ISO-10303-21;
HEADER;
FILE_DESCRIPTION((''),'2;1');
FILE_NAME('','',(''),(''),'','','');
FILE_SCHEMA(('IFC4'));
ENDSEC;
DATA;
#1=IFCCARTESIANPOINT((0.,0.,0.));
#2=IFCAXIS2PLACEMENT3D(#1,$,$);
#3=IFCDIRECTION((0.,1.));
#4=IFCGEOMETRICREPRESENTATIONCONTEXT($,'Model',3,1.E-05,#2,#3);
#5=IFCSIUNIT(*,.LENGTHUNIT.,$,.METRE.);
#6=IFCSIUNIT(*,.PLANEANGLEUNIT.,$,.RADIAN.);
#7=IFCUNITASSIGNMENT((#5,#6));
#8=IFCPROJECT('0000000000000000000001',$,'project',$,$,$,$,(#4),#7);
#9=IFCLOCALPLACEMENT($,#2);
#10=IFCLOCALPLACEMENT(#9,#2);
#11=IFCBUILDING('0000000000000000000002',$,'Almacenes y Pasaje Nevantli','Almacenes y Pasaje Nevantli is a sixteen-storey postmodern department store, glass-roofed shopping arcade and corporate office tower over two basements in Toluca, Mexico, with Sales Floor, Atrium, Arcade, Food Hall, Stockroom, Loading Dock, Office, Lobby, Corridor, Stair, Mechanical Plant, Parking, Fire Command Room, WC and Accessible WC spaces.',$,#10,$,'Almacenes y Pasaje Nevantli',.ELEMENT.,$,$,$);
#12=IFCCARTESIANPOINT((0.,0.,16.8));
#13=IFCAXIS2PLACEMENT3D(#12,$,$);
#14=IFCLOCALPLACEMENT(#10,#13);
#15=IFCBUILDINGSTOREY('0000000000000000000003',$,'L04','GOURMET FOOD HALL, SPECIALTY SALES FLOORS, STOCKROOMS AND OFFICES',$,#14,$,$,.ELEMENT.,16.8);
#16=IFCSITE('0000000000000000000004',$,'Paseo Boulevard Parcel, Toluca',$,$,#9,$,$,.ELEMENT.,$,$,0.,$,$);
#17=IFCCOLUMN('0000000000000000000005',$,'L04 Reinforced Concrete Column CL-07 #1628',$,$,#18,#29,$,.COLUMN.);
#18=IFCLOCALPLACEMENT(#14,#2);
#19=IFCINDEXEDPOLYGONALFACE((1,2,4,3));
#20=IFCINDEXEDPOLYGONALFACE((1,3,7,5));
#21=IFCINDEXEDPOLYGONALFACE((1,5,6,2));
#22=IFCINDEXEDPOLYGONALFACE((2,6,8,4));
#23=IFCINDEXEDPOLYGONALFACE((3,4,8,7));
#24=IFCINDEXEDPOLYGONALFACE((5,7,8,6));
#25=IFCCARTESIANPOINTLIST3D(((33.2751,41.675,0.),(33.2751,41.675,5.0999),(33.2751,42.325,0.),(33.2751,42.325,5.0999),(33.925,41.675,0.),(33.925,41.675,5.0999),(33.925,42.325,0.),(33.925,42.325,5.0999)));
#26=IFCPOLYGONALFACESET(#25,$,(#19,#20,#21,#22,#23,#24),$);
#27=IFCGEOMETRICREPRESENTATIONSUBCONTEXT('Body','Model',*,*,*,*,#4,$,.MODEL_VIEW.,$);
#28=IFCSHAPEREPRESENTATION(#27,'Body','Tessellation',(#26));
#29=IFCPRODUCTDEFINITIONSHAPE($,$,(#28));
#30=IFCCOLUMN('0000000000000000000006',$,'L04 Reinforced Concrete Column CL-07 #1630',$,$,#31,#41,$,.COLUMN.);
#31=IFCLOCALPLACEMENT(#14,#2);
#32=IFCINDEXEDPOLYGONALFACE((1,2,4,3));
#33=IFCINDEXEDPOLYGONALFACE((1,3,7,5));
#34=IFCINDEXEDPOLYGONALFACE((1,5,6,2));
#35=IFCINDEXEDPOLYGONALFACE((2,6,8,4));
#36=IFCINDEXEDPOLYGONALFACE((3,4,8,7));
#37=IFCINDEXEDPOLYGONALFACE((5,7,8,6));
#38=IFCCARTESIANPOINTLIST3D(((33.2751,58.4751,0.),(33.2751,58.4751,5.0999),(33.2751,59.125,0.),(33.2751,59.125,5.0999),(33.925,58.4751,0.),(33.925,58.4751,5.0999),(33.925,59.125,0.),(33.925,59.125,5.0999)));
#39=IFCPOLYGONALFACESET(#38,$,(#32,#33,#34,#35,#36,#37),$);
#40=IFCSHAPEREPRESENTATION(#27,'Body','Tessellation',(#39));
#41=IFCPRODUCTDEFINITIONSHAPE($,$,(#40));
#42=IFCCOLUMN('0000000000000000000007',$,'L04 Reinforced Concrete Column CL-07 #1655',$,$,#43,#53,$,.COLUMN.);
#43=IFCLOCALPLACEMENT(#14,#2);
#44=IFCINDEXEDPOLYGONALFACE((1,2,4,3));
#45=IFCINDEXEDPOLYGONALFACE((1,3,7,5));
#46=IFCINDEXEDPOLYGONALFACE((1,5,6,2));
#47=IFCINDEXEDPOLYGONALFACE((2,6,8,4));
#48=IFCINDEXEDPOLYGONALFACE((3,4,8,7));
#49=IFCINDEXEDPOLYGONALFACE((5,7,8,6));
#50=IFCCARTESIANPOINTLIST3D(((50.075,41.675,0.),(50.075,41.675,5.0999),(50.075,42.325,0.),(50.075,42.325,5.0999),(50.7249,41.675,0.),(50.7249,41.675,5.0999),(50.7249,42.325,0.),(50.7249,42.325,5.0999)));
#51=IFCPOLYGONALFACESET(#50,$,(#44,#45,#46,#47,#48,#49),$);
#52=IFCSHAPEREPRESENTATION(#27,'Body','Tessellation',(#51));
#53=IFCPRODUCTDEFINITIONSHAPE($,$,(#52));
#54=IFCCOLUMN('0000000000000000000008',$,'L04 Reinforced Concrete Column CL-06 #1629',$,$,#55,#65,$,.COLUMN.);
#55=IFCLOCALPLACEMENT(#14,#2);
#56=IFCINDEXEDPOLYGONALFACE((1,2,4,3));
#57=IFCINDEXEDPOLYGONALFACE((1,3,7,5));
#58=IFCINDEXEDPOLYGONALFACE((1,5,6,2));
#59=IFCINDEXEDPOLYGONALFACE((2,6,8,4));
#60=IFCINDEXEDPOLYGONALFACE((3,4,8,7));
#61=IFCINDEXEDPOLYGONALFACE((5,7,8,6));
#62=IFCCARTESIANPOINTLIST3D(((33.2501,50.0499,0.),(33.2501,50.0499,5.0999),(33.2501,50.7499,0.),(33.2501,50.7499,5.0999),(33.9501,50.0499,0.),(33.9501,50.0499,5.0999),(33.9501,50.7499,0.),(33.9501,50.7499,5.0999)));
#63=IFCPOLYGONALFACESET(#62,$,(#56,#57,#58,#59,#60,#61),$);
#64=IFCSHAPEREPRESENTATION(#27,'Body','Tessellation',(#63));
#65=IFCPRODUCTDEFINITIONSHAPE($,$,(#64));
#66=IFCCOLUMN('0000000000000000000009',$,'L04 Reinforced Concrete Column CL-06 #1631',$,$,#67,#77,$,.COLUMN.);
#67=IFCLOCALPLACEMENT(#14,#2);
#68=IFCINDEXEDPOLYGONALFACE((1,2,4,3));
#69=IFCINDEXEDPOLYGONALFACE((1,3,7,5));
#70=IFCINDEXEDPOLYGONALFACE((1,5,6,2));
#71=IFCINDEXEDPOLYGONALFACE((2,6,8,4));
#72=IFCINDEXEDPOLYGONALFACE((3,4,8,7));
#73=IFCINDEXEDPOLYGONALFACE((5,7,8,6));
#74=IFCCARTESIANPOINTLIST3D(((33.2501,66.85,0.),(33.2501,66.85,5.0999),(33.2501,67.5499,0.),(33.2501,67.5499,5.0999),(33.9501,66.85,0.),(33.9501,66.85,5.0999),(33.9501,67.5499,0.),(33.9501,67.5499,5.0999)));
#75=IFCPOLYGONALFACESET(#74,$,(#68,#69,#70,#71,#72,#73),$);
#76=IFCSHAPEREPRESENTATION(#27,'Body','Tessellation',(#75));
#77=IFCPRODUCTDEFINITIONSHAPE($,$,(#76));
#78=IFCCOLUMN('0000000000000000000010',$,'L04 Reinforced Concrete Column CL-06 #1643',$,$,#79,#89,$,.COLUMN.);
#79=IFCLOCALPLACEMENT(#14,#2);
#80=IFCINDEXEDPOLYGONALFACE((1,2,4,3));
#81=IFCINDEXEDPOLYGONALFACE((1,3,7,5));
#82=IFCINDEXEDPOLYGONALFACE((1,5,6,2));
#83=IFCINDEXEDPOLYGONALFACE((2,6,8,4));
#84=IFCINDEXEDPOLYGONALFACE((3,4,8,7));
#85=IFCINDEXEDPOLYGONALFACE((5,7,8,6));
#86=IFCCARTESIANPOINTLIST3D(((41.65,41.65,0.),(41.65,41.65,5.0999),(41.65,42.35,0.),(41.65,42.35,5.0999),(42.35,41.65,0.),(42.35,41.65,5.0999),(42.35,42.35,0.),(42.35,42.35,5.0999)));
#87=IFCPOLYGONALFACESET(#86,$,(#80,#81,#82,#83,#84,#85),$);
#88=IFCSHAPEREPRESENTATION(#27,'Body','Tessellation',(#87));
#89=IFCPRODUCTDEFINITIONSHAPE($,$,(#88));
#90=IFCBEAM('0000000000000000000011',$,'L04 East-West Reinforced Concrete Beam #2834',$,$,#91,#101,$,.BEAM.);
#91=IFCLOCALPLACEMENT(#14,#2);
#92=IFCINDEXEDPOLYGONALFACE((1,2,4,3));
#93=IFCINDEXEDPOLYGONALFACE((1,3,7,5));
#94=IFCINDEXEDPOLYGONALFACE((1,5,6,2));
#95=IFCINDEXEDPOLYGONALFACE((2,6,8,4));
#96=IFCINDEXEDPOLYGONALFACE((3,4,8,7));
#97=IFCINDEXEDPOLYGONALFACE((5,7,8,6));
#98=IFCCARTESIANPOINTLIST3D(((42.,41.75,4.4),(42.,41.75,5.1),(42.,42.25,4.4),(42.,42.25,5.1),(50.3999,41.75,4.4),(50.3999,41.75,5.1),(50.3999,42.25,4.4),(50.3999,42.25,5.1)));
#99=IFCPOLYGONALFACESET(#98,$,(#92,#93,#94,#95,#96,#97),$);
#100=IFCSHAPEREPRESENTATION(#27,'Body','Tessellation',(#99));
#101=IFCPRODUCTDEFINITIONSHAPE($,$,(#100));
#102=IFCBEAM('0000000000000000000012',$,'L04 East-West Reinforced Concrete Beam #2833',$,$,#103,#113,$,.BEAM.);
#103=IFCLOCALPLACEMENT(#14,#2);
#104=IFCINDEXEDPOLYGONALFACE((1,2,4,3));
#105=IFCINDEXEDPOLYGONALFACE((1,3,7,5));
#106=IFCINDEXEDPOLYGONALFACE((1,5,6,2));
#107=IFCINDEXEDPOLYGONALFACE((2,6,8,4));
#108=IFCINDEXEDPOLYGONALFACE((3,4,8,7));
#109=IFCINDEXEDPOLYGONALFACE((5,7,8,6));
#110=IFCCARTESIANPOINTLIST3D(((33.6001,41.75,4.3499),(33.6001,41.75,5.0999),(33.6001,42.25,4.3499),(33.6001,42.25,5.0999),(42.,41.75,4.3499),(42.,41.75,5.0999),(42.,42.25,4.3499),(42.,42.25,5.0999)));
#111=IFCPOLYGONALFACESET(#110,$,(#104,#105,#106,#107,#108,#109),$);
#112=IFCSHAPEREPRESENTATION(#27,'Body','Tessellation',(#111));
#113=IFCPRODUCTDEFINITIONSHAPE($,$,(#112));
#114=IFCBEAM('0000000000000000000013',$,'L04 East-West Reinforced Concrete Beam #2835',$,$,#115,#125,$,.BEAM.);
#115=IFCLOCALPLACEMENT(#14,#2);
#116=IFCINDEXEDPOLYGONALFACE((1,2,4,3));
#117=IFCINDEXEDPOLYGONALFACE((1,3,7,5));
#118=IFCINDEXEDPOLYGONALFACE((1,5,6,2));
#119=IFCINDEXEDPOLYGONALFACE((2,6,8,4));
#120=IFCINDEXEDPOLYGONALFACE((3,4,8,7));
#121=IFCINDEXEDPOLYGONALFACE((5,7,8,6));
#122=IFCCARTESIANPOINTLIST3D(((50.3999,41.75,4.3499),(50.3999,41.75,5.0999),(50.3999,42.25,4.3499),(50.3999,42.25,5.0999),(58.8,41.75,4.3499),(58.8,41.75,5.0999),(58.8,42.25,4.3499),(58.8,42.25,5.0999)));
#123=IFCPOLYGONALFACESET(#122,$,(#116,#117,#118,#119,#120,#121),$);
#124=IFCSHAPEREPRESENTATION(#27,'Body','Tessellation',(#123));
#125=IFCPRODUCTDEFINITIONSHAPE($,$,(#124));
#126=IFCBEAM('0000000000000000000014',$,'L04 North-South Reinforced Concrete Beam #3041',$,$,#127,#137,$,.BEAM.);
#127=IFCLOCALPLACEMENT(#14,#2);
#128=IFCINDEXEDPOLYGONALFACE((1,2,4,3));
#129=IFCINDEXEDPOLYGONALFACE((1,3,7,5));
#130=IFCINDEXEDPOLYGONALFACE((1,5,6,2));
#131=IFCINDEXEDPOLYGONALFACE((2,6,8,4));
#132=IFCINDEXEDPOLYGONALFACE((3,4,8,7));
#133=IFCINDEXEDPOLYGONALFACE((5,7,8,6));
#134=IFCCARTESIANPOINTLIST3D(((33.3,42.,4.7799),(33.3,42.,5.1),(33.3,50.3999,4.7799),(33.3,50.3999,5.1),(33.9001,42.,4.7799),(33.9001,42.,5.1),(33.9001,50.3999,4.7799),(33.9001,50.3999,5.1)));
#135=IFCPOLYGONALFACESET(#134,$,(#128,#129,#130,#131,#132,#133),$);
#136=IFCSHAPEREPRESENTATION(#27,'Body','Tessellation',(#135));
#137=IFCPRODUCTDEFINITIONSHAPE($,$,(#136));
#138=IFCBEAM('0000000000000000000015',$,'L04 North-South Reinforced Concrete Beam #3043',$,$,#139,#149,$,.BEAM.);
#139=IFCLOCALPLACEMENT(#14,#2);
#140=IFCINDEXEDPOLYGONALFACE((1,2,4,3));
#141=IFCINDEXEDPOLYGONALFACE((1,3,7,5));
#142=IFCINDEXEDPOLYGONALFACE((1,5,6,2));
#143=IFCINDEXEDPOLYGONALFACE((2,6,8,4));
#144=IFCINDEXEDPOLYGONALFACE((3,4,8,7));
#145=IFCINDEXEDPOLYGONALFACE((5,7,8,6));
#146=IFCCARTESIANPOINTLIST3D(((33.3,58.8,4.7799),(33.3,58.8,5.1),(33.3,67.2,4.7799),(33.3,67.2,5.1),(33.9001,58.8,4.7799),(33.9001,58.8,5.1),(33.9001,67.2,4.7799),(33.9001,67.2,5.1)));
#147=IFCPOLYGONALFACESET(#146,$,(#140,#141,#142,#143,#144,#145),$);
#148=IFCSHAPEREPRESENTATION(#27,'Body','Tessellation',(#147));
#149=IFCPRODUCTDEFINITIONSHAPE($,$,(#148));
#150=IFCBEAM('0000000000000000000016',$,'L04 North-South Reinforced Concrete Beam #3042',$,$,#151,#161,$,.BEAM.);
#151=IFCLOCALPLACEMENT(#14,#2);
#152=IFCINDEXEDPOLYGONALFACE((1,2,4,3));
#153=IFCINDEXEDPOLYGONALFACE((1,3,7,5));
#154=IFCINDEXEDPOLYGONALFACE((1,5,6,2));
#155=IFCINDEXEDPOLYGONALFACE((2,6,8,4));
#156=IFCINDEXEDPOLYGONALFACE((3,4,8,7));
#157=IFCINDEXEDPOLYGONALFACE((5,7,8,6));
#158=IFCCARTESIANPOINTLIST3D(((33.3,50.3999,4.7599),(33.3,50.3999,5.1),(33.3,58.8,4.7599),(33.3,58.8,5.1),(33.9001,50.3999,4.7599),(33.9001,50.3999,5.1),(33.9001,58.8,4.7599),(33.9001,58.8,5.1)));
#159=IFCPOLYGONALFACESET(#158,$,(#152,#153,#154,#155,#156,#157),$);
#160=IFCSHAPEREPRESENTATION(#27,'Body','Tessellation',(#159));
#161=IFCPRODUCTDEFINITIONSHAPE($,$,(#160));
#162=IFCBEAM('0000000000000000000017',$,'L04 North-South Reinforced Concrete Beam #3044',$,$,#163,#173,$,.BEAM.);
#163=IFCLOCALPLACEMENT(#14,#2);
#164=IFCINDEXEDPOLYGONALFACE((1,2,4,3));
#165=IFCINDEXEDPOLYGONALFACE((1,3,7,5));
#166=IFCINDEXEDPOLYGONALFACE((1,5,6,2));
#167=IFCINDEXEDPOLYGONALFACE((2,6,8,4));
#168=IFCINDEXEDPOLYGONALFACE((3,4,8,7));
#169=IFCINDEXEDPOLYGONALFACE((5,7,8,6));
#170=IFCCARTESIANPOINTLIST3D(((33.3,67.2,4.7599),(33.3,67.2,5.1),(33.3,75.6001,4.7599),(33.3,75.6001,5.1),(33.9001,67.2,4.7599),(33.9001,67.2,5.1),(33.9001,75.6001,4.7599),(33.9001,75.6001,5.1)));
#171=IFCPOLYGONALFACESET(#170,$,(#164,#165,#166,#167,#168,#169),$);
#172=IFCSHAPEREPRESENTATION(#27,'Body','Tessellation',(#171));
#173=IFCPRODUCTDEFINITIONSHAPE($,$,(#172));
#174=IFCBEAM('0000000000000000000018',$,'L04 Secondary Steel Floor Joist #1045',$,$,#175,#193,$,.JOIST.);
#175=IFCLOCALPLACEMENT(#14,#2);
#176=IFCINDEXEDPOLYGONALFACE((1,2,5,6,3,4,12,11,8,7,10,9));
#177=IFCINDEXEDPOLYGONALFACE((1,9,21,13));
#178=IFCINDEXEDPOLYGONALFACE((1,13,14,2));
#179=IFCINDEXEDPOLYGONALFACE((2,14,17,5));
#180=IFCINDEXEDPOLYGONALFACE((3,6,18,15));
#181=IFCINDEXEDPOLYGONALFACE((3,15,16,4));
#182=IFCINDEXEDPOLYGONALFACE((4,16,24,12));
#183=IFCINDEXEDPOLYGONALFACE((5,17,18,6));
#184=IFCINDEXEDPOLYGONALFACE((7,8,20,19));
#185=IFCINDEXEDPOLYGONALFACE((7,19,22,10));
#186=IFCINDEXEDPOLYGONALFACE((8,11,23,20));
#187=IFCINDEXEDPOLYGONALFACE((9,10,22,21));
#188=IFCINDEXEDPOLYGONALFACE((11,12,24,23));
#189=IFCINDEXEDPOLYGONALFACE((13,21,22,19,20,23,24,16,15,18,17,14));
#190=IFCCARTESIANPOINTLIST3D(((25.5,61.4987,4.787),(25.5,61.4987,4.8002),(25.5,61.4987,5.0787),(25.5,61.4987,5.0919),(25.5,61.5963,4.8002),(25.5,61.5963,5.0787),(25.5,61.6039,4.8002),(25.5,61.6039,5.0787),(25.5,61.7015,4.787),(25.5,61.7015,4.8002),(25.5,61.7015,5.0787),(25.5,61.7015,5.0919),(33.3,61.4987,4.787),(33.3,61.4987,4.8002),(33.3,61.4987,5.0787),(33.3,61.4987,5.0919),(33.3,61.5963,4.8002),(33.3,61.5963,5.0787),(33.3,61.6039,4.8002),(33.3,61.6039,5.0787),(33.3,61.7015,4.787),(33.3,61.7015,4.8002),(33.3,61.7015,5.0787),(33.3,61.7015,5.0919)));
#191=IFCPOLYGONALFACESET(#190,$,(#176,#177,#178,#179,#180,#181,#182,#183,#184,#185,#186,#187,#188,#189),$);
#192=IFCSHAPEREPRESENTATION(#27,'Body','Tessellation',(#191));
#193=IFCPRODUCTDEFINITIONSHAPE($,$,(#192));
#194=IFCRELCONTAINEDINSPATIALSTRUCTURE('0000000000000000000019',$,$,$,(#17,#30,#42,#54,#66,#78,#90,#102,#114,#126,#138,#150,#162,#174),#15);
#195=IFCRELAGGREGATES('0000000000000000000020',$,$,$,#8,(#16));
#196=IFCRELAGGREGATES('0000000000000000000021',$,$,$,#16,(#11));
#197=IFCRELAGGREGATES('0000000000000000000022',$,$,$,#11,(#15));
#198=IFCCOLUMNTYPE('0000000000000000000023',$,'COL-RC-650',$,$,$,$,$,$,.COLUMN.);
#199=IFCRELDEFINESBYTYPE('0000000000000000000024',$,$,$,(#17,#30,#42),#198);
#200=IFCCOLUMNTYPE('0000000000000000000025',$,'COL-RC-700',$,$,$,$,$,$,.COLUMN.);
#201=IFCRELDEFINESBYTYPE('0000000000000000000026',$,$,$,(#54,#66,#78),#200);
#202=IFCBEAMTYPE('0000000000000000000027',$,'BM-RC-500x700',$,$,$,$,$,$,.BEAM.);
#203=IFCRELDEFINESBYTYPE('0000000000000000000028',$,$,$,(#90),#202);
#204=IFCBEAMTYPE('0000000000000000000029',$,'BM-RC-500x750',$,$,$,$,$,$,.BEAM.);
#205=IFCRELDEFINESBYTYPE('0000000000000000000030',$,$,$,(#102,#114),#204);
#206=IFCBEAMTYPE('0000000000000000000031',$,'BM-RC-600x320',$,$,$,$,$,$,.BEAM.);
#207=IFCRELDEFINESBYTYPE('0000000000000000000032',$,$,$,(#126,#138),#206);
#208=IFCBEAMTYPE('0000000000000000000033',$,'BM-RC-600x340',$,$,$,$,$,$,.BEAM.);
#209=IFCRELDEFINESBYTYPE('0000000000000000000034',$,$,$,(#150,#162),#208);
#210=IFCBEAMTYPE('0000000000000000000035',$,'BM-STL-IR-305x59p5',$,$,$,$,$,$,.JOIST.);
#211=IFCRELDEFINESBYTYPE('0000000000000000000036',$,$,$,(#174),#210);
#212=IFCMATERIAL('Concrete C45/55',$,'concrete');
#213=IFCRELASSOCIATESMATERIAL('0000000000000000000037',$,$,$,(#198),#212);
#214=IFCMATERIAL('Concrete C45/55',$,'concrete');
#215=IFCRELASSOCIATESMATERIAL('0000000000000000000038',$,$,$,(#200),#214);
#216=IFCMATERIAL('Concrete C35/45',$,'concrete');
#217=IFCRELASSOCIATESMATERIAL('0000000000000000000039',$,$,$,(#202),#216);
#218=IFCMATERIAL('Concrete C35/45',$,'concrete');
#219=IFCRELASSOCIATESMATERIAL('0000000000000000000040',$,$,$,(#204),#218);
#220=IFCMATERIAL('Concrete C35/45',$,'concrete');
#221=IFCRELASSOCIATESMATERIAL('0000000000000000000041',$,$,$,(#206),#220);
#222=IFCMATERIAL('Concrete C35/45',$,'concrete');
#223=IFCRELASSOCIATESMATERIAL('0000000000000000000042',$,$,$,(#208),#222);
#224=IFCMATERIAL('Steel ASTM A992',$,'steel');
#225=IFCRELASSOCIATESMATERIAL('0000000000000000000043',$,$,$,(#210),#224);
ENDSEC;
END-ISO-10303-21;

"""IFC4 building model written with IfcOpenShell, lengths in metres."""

from ifc_helpers import new_model, si_unit, direction, frame, origin, origin_2d, place, context, subcontext, project, spatial, rectangle, i_section, extrude, material, material_profile, profile_set, type_object, element, save


model = new_model("IFC4")

# Units and contexts
model_context = context("Model", 3, precision=1e-05, world=origin(), true_north=direction((0.0, 1.0)))
body_context = subcontext(model_context, "Body", "Model", "MODEL_VIEW")
ifc_project = project(units=[si_unit("LENGTHUNIT", "METRE"), si_unit("PLANEANGLEUNIT", "RADIAN")], contexts=[model_context])

# Site, building, storey
site_placement = place(None, origin())
site = spatial("IfcSite", under=ifc_project, at=site_placement, Name="Paseo Boulevard Parcel, Toluca", CompositionType="ELEMENT", RefElevation=0.0)
building_placement = place(site_placement, origin())
building = spatial("IfcBuilding", under=site, at=building_placement, Name="Almacenes y Pasaje Nevantli", Description="Almacenes y Pasaje Nevantli is a sixteen-storey postmodern department store, glass-roofed shopping arcade and corporate office tower over two basements in Toluca, Mexico, with Sales Floor, Atrium, Arcade, Food Hall, Stockroom, Loading Dock, Office, Lobby, Corridor, Stair, Mechanical Plant, Parking, Fire Command Room, WC and Accessible WC spaces.", LongName="Almacenes y Pasaje Nevantli", CompositionType="ELEMENT")
storey_placement = place(building_placement, frame((0.0, 0.0, 16.8)))
storey = spatial("IfcBuildingStorey", under=building, at=storey_placement, Name="L04", Description="GOURMET FOOD HALL, SPECIALTY SALES FLOORS, STOCKROOMS AND OFFICES", CompositionType="ELEMENT", Elevation=16.8)

# Columns
ifc_material_1 = material(Name="Concrete C45/55", Category="concrete")
ifc_material_profile_1 = material_profile(ifc_material_1, rectangle(XDim=0.6499, YDim=0.6499, at=origin_2d()), Name="RC-COL-650x650")
ifc_profile_set_1 = profile_set([ifc_material_profile_1], Name="Concrete C45/55")
column_type_1 = type_object("IfcColumnType", Name="COL-RC-650", PredefinedType="COLUMN", material=ifc_profile_set_1)
for number, where, z_axis, x_axis, name in (
    (1, (33.6001, 42.0, 0.0), (0.0, 0.0, 1.0), (1.0, 0.0, 0.0), "L04 Reinforced Concrete Column CL-07 #1628"),
    (2, (33.6001, 58.8, 0.0), (0.0, 0.0, 1.0), (1.0, 0.0, 0.0), "L04 Reinforced Concrete Column CL-07 #1630"),
    (3, (50.3999, 42.0, 0.0), (0.0, 0.0, 1.0), (1.0, 0.0, 0.0), "L04 Reinforced Concrete Column CL-07 #1655"),
):
    element("IfcColumn", number, at=place(storey_placement, frame(where, z_axis=z_axis, x_axis=x_axis)), inside=storey, type_object=column_type_1, Name=name, PredefinedType="COLUMN", context=body_context, shape_type="SweptSolid", body=[
        extrude(rectangle(XDim=0.6499, YDim=0.6499, at=origin_2d()), origin(), (0.0, 0.0, 1.0), 5.0999),
    ])
ifc_material_2 = material(Name="Concrete C45/55", Category="concrete")
ifc_material_profile_2 = material_profile(ifc_material_2, rectangle(XDim=0.7, YDim=0.7, at=origin_2d()), Name="RC-COL-700x700")
ifc_profile_set_2 = profile_set([ifc_material_profile_2], Name="Concrete C45/55")
column_type_2 = type_object("IfcColumnType", Name="COL-RC-700", PredefinedType="COLUMN", material=ifc_profile_set_2)
for number, where, z_axis, x_axis, name in (
    (4, (33.6001, 50.3999, 0.0), (0.0, 0.0, 1.0), (1.0, 0.0, 0.0), "L04 Reinforced Concrete Column CL-06 #1629"),
    (5, (33.6001, 67.2, 0.0), (0.0, 0.0, 1.0), (1.0, 0.0, 0.0), "L04 Reinforced Concrete Column CL-06 #1631"),
    (6, (42.0, 42.0, 0.0), (0.0, 0.0, 1.0), (1.0, 0.0, 0.0), "L04 Reinforced Concrete Column CL-06 #1643"),
):
    element("IfcColumn", number, at=place(storey_placement, frame(where, z_axis=z_axis, x_axis=x_axis)), inside=storey, type_object=column_type_2, Name=name, PredefinedType="COLUMN", context=body_context, shape_type="SweptSolid", body=[
        extrude(rectangle(XDim=0.7, YDim=0.7, at=origin_2d()), origin(), (0.0, 0.0, 1.0), 5.0999),
    ])

# Beams
ifc_material_3 = material(Name="Concrete C35/45", Category="concrete")
ifc_material_profile_3 = material_profile(ifc_material_3, rectangle(XDim=0.5, YDim=0.7, at=origin_2d()), Name="RC-BM-500x700")
ifc_profile_set_3 = profile_set([ifc_material_profile_3], Name="Concrete C35/45")
beam_type_1 = type_object("IfcBeamType", Name="BM-RC-500x700", PredefinedType="BEAM", material=ifc_profile_set_3)
beam_1_placement = place(storey_placement, frame((42.0, 42.0, 4.75), z_axis=(1.0, 0.0, 0.0), x_axis=(0.0, 1.0, 0.0)))
element("IfcBeam", 7, at=beam_1_placement, inside=storey, type_object=beam_type_1, Name="L04 East-West Reinforced Concrete Beam #2834", PredefinedType="BEAM", context=body_context, shape_type="SweptSolid", body=[
    extrude(rectangle(XDim=0.5, YDim=0.7, at=origin_2d()), origin(), (0.0, 0.0, 1.0), 8.3999),
])
ifc_material_4 = material(Name="Concrete C35/45", Category="concrete")
ifc_material_profile_4 = material_profile(ifc_material_4, rectangle(XDim=0.5, YDim=0.75, at=origin_2d()), Name="RC-BM-500x750")
ifc_profile_set_4 = profile_set([ifc_material_profile_4], Name="Concrete C35/45")
beam_type_2 = type_object("IfcBeamType", Name="BM-RC-500x750", PredefinedType="BEAM", material=ifc_profile_set_4)
beam_2_placement = place(storey_placement, frame((33.6001, 42.0, 4.7249), z_axis=(1.0, 0.0, 0.0), x_axis=(0.0, 1.0, 0.0)))
element("IfcBeam", 8, at=beam_2_placement, inside=storey, type_object=beam_type_2, Name="L04 East-West Reinforced Concrete Beam #2833", PredefinedType="BEAM", context=body_context, shape_type="SweptSolid", body=[
    extrude(rectangle(XDim=0.5, YDim=0.75, at=origin_2d()), origin(), (0.0, 0.0, 1.0), 8.3999),
])
beam_3_placement = place(storey_placement, frame((50.3999, 42.0, 4.7249), z_axis=(1.0, 0.0, 0.0), x_axis=(0.0, 1.0, 0.0)))
element("IfcBeam", 9, at=beam_3_placement, inside=storey, type_object=beam_type_2, Name="L04 East-West Reinforced Concrete Beam #2835", PredefinedType="BEAM", context=body_context, shape_type="SweptSolid", body=[
    extrude(rectangle(XDim=0.5, YDim=0.75, at=origin_2d()), origin(), (0.0, 0.0, 1.0), 8.4001),
])
ifc_material_5 = material(Name="Concrete C35/45", Category="concrete")
ifc_material_profile_5 = material_profile(ifc_material_5, rectangle(XDim=0.6001, YDim=0.3201, at=origin_2d()), Name="RC-BM-600x320")
ifc_profile_set_5 = profile_set([ifc_material_profile_5], Name="Concrete C35/45")
beam_type_3 = type_object("IfcBeamType", Name="BM-RC-600x320", PredefinedType="BEAM", material=ifc_profile_set_5)
for number, where, z_axis, x_axis, name in (
    (10, (33.6001, 42.0, 4.9399), (0.0, 1.0, 0.0), (-1.0, 0.0, 0.0), "L04 North-South Reinforced Concrete Beam #3041"),
    (11, (33.6001, 58.8, 4.9399), (0.0, 1.0, 0.0), (-1.0, 0.0, 0.0), "L04 North-South Reinforced Concrete Beam #3043"),
):
    element("IfcBeam", number, at=place(storey_placement, frame(where, z_axis=z_axis, x_axis=x_axis)), inside=storey, type_object=beam_type_3, Name=name, PredefinedType="BEAM", context=body_context, shape_type="SweptSolid", body=[
        extrude(rectangle(XDim=0.6001, YDim=0.3201, at=origin_2d()), origin(), (0.0, 0.0, 1.0), 8.3999),
    ])
ifc_material_6 = material(Name="Concrete C35/45", Category="concrete")
ifc_material_profile_6 = material_profile(ifc_material_6, rectangle(XDim=0.6001, YDim=0.3401, at=origin_2d()), Name="RC-BM-600x340")
ifc_profile_set_6 = profile_set([ifc_material_profile_6], Name="Concrete C35/45")
beam_type_4 = type_object("IfcBeamType", Name="BM-RC-600x340", PredefinedType="BEAM", material=ifc_profile_set_6)
for number, where, z_axis, x_axis, name in (
    (12, (33.6001, 50.3999, 4.9299), (0.0, 1.0, 0.0), (-1.0, 0.0, 0.0), "L04 North-South Reinforced Concrete Beam #3042"),
    (13, (33.6001, 67.2, 4.9299), (0.0, 1.0, 0.0), (-1.0, 0.0, 0.0), "L04 North-South Reinforced Concrete Beam #3044"),
):
    element("IfcBeam", number, at=place(storey_placement, frame(where, z_axis=z_axis, x_axis=x_axis)), inside=storey, type_object=beam_type_4, Name=name, PredefinedType="BEAM", context=body_context, shape_type="SweptSolid", body=[
        extrude(rectangle(XDim=0.6001, YDim=0.3401, at=origin_2d()), origin(), (0.0, 0.0, 1.0), 8.4001),
    ])
ifc_material_7 = material(Name="Steel ASTM A992", Category="steel")
ifc_material_profile_7 = material_profile(ifc_material_7, i_section(OverallWidth=0.2029, OverallDepth=0.3049, WebThickness=0.0076, FlangeThickness=0.0132, at=origin_2d()), Name="IR 305x59.5")
ifc_profile_set_7 = profile_set([ifc_material_profile_7], Name="Steel ASTM A992")
beam_type_5 = type_object("IfcBeamType", Name="BM-STL-IR-305x59p5", PredefinedType="JOIST", material=ifc_profile_set_7)
for number, where, z_axis, x_axis, name in (
    (14, (25.5, 61.6001, 4.9395), (1.0, 0.0, 0.0), (0.0, 1.0, 0.0), "L04 Secondary Steel Floor Joist #1045"),
):
    element("IfcBeam", number, at=place(storey_placement, frame(where, z_axis=z_axis, x_axis=x_axis)), inside=storey, type_object=beam_type_5, Name=name, PredefinedType="JOIST", context=body_context, shape_type="SweptSolid", body=[
        extrude(i_section(OverallWidth=0.2029, OverallDepth=0.3049, WebThickness=0.0076, FlangeThickness=0.0132, at=origin_2d()), origin(), (0.0, 0.0, 1.0), 7.8),
    ])

save(model, "model.ifc")
